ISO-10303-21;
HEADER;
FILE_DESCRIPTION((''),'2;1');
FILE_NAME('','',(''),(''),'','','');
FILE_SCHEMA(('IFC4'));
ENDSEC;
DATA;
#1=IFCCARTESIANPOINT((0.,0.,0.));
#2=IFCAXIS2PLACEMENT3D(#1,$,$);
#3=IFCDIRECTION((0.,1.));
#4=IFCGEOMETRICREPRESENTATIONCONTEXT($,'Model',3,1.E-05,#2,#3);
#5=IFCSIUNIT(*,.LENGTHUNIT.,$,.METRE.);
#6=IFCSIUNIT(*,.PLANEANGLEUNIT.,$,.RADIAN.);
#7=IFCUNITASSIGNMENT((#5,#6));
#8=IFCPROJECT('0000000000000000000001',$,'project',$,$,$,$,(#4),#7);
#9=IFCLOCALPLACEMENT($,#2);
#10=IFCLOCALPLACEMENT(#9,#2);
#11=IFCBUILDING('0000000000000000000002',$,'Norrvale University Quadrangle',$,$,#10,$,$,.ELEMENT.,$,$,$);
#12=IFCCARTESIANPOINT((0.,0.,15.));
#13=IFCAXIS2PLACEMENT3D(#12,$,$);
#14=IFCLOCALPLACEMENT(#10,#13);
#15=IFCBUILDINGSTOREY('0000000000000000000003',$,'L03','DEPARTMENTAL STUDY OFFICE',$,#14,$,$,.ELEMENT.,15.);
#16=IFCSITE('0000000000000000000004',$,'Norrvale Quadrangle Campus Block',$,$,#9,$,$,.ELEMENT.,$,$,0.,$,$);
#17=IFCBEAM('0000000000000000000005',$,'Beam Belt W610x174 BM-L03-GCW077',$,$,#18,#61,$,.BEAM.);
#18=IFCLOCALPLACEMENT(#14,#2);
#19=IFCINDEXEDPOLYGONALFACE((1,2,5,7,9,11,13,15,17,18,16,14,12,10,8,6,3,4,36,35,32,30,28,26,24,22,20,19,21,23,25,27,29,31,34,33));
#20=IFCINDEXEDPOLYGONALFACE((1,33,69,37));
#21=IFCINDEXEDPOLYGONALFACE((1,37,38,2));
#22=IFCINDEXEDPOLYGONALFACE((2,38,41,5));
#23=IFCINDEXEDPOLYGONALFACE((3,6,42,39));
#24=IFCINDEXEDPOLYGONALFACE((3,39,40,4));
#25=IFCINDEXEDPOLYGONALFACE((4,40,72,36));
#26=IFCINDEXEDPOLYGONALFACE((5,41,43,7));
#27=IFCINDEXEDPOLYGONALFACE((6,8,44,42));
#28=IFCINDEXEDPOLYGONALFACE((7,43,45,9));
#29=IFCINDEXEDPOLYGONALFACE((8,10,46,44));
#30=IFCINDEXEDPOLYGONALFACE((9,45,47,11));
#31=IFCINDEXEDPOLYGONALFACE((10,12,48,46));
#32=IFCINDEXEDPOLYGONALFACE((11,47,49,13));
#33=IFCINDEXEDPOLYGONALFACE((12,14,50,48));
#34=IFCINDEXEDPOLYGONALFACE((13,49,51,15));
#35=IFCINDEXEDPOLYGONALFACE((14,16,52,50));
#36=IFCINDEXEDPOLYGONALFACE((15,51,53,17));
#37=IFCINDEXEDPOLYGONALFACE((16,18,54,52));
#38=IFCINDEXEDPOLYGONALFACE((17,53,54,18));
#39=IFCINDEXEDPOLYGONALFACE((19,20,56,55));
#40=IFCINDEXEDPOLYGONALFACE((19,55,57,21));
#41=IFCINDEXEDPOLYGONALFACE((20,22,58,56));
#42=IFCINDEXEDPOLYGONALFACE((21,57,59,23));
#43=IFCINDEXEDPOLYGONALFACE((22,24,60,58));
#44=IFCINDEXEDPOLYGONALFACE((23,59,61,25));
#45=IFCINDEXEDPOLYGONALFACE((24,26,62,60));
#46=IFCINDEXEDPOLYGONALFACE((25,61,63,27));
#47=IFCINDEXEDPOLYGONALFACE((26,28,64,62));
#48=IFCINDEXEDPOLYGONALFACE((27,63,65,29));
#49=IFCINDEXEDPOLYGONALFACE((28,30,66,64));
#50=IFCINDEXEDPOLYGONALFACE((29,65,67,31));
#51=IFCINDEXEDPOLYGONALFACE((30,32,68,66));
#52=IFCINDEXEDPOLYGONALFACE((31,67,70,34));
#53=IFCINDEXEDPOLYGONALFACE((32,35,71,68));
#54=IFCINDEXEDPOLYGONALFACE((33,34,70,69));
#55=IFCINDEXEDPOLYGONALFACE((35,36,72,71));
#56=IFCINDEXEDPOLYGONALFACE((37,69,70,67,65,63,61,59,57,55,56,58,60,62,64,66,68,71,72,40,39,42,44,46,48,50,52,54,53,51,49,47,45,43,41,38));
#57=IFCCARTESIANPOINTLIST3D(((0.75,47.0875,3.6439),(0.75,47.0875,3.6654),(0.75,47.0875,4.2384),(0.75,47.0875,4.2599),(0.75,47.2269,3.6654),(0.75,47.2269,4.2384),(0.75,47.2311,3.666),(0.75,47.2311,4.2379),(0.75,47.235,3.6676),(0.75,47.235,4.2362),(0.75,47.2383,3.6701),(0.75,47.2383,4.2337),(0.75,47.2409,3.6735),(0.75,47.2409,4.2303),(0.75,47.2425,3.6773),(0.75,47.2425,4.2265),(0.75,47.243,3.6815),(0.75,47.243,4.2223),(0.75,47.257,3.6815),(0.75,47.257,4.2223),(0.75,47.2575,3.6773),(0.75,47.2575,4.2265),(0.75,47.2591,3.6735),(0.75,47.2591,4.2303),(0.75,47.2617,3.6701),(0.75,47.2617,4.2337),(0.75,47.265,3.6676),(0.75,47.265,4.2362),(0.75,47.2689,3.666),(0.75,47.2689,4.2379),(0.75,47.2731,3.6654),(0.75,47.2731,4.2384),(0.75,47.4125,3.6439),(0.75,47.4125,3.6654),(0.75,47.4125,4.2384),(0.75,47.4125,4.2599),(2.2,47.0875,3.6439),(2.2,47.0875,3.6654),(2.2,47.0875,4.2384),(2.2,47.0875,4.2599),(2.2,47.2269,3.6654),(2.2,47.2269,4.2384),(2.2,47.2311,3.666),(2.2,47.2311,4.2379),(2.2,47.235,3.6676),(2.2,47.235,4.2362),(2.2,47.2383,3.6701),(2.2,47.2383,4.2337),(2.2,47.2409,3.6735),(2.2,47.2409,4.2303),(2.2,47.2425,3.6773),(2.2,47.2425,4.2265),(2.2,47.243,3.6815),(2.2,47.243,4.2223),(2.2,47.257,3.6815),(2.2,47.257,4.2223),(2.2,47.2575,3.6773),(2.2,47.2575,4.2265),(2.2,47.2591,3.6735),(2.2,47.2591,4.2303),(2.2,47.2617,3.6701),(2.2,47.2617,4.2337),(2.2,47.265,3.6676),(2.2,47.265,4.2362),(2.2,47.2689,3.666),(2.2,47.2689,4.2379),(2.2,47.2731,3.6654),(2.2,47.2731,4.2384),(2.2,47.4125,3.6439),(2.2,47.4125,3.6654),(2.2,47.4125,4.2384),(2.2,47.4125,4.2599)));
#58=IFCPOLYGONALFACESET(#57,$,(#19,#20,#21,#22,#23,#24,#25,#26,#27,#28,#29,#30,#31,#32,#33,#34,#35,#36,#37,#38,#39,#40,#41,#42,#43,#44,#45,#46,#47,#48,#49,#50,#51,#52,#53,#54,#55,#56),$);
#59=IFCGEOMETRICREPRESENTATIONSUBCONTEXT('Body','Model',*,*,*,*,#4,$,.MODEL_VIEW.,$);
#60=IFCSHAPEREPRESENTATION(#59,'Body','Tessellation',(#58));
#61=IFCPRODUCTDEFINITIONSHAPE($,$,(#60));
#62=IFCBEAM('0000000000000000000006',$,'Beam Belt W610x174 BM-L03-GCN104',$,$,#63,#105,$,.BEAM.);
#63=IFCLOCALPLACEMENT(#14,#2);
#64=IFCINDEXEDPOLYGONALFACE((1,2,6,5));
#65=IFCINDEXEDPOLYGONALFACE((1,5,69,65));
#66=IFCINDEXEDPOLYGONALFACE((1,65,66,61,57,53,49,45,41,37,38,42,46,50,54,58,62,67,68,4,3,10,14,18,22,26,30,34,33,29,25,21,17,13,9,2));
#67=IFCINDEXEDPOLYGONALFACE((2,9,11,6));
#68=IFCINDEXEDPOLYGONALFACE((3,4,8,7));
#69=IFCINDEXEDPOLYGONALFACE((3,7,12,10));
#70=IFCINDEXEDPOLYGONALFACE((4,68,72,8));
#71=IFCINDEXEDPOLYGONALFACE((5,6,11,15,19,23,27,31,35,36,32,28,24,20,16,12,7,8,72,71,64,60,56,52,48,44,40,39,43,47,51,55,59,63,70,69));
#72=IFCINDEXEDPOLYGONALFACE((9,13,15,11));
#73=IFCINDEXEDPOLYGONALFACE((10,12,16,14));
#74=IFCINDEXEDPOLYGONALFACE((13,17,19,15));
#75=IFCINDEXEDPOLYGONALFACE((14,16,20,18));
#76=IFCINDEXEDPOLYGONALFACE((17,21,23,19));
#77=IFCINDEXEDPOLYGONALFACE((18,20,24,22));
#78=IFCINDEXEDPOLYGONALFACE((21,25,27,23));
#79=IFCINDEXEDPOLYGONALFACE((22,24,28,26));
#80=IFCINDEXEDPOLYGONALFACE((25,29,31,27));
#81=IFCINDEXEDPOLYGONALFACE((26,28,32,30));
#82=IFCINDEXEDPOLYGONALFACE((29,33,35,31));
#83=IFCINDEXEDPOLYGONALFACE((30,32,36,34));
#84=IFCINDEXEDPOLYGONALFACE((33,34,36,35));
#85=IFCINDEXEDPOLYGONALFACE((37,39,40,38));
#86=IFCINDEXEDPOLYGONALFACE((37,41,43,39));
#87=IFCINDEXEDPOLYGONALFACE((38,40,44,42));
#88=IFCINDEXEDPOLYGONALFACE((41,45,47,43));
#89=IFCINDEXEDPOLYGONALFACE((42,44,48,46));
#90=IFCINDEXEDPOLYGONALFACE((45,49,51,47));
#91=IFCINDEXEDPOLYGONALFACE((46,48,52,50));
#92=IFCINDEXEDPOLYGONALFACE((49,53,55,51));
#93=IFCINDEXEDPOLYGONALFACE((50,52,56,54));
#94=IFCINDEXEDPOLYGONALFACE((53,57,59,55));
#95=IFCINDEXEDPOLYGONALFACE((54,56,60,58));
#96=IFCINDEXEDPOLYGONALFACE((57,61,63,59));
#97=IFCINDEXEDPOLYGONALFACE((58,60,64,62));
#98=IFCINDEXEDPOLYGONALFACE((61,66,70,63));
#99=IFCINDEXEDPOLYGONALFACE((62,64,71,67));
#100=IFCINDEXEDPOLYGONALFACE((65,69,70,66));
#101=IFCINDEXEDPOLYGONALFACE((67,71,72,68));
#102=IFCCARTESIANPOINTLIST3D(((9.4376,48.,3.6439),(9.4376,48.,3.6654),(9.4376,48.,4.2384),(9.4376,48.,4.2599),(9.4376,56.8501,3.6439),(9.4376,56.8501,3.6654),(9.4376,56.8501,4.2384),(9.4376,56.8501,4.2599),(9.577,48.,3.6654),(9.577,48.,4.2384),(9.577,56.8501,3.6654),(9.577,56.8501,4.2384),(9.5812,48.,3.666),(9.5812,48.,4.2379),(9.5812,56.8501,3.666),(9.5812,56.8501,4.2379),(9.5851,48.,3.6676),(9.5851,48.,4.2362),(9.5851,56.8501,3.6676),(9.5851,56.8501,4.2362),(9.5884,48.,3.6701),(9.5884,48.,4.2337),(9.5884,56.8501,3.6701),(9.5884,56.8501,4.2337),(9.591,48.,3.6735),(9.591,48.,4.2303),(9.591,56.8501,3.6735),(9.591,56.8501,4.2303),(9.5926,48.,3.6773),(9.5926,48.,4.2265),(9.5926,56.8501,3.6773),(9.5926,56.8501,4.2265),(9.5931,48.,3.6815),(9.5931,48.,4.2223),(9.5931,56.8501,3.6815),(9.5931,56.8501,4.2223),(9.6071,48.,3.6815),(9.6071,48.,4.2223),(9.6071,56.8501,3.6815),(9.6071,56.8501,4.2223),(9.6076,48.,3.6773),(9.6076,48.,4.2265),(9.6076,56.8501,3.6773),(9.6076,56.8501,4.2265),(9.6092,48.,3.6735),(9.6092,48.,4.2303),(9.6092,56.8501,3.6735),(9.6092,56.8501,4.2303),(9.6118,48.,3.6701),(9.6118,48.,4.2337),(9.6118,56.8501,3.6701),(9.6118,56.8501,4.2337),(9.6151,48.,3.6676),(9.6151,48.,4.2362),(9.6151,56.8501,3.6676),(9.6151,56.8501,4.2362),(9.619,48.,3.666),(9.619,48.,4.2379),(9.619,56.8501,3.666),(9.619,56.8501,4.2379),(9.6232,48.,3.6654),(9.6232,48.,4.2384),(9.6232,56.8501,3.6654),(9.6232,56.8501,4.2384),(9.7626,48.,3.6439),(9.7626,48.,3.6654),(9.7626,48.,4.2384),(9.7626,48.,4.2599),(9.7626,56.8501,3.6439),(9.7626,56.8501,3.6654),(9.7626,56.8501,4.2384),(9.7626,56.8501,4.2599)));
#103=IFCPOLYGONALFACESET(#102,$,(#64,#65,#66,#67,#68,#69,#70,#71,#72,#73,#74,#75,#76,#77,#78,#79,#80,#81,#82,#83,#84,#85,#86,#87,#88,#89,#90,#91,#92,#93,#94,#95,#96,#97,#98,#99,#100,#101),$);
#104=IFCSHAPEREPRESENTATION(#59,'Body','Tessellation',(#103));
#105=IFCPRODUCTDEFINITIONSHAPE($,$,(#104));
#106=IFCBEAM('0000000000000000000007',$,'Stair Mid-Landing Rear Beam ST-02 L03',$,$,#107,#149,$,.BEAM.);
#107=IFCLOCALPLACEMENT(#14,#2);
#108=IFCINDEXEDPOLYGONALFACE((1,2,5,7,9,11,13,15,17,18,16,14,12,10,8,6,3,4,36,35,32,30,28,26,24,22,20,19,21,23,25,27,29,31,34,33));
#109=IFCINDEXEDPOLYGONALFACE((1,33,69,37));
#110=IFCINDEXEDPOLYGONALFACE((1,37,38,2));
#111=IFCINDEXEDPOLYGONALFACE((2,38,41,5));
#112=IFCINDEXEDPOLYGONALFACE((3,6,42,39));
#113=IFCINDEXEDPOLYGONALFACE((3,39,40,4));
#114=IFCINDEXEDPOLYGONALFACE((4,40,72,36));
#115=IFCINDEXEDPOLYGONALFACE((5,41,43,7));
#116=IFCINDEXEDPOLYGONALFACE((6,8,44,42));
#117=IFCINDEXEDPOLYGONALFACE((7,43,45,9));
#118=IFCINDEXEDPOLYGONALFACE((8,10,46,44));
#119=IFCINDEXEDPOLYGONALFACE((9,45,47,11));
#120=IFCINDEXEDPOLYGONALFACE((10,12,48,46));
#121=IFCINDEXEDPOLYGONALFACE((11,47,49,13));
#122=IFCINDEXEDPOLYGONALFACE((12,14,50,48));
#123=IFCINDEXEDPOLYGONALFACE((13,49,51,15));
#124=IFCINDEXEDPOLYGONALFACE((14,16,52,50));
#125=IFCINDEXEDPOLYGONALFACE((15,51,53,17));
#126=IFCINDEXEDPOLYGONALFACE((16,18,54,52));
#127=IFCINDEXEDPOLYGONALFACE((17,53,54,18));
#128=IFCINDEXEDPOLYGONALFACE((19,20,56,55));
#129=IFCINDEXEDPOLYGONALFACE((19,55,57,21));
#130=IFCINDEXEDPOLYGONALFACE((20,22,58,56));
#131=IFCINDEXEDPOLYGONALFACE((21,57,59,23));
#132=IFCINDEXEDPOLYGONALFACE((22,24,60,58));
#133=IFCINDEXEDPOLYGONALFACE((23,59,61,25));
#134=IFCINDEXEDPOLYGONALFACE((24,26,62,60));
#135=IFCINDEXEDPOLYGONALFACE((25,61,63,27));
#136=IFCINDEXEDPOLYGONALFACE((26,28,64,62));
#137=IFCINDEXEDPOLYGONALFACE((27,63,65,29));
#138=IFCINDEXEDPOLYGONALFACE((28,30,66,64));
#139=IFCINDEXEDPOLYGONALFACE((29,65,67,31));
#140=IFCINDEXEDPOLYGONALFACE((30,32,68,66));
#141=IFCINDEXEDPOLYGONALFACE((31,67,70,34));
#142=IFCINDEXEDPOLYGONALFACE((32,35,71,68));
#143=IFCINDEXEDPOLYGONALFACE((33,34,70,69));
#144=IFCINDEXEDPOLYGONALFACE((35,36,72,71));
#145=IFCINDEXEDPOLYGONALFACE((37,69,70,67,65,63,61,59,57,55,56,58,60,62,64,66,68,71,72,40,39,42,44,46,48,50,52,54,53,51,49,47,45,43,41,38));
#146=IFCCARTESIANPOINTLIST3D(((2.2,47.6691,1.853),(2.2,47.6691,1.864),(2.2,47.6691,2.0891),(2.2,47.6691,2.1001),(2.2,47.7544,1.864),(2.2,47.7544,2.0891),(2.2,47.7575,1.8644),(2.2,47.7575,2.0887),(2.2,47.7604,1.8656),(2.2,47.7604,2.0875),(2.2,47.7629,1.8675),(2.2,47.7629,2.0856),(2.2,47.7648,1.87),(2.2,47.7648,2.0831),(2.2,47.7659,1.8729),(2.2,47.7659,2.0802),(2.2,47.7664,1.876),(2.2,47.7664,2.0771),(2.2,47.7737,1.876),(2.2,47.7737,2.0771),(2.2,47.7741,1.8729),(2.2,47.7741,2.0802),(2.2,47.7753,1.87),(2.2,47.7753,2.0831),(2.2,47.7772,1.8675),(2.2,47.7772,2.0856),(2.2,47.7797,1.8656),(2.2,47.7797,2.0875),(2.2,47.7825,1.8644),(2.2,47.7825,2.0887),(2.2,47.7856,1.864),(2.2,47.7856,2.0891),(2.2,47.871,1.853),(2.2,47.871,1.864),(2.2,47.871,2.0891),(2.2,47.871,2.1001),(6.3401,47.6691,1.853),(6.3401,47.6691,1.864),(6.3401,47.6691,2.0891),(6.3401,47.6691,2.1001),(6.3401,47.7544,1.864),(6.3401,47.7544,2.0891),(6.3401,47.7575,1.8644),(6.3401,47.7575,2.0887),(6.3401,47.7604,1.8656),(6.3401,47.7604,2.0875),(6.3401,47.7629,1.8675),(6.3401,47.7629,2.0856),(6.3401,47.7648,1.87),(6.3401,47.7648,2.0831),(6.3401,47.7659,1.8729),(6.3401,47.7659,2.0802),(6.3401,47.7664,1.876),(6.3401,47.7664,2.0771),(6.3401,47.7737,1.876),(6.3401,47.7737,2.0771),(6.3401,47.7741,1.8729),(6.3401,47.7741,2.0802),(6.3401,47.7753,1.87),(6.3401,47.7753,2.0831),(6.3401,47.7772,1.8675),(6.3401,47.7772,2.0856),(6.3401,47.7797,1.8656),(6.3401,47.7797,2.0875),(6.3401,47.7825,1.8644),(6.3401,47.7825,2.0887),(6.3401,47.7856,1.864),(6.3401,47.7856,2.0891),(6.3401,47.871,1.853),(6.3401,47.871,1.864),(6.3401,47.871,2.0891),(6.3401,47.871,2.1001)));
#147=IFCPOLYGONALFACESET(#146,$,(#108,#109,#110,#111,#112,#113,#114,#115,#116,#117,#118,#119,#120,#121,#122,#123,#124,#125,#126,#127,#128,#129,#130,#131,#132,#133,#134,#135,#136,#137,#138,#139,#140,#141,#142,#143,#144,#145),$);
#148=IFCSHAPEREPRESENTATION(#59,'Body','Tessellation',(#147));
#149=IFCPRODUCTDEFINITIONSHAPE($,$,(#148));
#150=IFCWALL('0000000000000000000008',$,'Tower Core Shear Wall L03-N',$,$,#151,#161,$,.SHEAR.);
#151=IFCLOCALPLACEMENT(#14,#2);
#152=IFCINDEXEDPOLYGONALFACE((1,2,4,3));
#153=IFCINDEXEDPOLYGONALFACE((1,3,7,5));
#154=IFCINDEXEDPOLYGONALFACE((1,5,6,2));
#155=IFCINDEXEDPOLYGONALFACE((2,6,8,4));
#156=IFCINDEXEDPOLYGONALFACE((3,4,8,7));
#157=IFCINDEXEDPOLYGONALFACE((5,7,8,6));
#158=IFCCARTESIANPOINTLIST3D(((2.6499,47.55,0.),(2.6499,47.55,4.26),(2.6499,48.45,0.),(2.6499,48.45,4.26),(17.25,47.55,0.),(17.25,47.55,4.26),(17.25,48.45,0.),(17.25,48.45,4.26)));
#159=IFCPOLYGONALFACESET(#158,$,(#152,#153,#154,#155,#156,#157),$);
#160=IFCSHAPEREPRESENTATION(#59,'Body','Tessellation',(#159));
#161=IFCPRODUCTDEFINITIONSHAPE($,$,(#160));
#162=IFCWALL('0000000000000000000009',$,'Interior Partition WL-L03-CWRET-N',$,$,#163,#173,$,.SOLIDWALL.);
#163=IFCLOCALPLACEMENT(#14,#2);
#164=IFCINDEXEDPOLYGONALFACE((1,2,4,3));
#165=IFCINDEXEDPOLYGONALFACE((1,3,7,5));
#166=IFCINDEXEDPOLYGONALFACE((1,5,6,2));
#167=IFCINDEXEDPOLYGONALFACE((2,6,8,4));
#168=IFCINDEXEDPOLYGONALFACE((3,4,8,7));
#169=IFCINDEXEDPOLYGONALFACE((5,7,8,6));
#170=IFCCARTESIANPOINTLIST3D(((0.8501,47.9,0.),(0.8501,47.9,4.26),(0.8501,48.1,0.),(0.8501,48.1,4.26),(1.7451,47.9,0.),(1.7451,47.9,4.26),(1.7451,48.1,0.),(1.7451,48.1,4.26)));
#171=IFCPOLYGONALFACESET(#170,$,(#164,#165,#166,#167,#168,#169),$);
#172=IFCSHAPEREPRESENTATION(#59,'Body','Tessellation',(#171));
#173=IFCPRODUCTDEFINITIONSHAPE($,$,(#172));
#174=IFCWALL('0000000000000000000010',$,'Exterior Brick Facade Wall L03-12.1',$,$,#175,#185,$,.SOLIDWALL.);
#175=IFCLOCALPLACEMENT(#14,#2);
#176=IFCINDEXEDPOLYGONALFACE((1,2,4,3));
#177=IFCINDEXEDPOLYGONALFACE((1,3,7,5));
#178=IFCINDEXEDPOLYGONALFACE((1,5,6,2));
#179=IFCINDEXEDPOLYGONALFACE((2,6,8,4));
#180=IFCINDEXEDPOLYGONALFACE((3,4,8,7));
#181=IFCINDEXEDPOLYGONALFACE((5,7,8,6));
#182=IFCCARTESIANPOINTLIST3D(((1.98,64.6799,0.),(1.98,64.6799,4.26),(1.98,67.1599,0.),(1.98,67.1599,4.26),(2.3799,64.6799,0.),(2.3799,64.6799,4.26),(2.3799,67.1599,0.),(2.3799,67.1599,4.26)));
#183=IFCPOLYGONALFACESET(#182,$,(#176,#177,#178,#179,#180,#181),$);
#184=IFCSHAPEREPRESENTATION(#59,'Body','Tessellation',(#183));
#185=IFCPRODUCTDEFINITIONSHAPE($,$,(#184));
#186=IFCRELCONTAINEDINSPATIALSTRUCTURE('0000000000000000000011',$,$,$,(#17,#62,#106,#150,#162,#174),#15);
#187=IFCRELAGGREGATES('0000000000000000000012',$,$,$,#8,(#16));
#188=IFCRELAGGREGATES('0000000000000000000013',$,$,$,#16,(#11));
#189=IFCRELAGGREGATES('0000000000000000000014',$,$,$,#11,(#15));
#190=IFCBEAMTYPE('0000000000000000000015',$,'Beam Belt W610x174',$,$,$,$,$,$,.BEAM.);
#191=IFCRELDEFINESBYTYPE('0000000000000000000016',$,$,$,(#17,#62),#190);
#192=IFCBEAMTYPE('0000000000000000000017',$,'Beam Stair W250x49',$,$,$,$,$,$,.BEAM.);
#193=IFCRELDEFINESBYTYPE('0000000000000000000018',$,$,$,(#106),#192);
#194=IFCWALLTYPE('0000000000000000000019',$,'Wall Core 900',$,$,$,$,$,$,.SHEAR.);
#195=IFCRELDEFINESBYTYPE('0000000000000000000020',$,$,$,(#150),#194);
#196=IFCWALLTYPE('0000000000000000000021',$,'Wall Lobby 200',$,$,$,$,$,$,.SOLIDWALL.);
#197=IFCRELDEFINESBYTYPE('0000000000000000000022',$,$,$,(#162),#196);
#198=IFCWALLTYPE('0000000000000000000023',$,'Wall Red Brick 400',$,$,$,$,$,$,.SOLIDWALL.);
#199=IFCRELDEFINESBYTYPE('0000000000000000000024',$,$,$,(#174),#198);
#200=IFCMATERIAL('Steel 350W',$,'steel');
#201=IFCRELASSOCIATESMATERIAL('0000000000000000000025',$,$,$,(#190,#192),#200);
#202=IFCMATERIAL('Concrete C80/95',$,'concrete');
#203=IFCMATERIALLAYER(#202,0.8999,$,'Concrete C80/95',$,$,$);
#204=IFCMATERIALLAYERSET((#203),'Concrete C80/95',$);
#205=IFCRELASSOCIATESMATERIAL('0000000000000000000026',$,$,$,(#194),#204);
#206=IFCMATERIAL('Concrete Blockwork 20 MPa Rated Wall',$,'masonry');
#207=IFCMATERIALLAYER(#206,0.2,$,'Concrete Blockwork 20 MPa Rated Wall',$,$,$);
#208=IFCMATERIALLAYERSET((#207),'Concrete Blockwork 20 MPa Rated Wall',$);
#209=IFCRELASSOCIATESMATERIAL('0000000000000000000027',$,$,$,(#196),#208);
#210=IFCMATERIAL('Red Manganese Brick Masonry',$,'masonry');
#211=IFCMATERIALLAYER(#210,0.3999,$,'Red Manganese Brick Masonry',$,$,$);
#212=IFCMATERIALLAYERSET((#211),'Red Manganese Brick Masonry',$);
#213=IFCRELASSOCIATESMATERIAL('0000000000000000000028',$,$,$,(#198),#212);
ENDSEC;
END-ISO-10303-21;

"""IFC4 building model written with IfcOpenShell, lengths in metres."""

from ifc_helpers import new_model, si_unit, direction, frame, frame_2d, origin, origin_2d, place, context, subcontext, project, spatial, rectangle, i_section, extrude, material, layer, layer_set, material_profile, profile_set, type_object, element, save


model = new_model("IFC4")

# Units and contexts
model_context = context("Model", 3, precision=1e-05, world=origin(), true_north=direction((0.0, 1.0)))
body_context = subcontext(model_context, "Body", "Model", "MODEL_VIEW")
ifc_project = project(units=[si_unit("LENGTHUNIT", "METRE"), si_unit("PLANEANGLEUNIT", "RADIAN")], contexts=[model_context])

# Site, building, storey
site_placement = place(None, origin())
site = spatial("IfcSite", under=ifc_project, at=site_placement, Name="Norrvale Quadrangle Campus Block", CompositionType="ELEMENT", RefElevation=0.0)
building_placement = place(site_placement, origin())
building = spatial("IfcBuilding", under=site, at=building_placement, Name="Norrvale University Quadrangle", CompositionType="ELEMENT")
storey_placement = place(building_placement, frame((0.0, 0.0, 15.0)))
storey = spatial("IfcBuildingStorey", under=building, at=storey_placement, Name="L03", Description="DEPARTMENTAL STUDY OFFICE", CompositionType="ELEMENT", Elevation=15.0)

# Shared definitions
ifc_material_1 = material(Name="Concrete C80/95", Category="concrete")

# Beams
ifc_material_2 = material(Name="Steel 350W", Category="steel")
ifc_material_profile_1 = material_profile(ifc_material_2, i_section(OverallWidth=0.325, OverallDepth=0.616, WebThickness=0.0139, FlangeThickness=0.0215, FilletRadius=0.0161, at=origin_2d()), Name="Steel 350W")
ifc_profile_set_1 = profile_set([ifc_material_profile_1], Name="Steel 350W")
beam_type_1 = type_object("IfcBeamType", Name="Beam Belt W610x174", PredefinedType="BEAM", material=ifc_profile_set_1)
beam_1_placement = place(storey_placement, frame((0.75, 47.25, 3.9519), z_axis=(1.0, 0.0, 0.0), x_axis=(0.0, 1.0, 0.0)))
element("IfcBeam", 1, at=beam_1_placement, inside=storey, type_object=beam_type_1, Name="Beam Belt W610x174 BM-L03-GCW077", PredefinedType="BEAM", context=body_context, shape_type="SweptSolid", body=[
    extrude(i_section(OverallWidth=0.325, OverallDepth=0.616, WebThickness=0.0139, FlangeThickness=0.0215, FilletRadius=0.0161, at=origin_2d()), origin(), (0.0, 0.0, 1.0), 1.45),
])
beam_2_placement = place(storey_placement, frame((9.6001, 48.0, 3.9519), z_axis=(0.0, 1.0, 0.0), x_axis=(-1.0, 0.0, 0.0)))
element("IfcBeam", 2, at=beam_2_placement, inside=storey, type_object=beam_type_1, Name="Beam Belt W610x174 BM-L03-GCN104", PredefinedType="BEAM", context=body_context, shape_type="SweptSolid", body=[
    extrude(i_section(OverallWidth=0.325, OverallDepth=0.616, WebThickness=0.0139, FlangeThickness=0.0215, FilletRadius=0.0161, at=origin_2d()), origin(), (0.0, 0.0, 1.0), 8.8501),
])
ifc_material_profile_2 = material_profile(ifc_material_2, i_section(OverallWidth=0.2019, OverallDepth=0.2471, WebThickness=0.0073, FlangeThickness=0.011, FilletRadius=0.012, at=origin_2d()), Name="Steel 350W")
ifc_profile_set_2 = profile_set([ifc_material_profile_2], Name="Steel 350W")
beam_type_2 = type_object("IfcBeamType", Name="Beam Stair W250x49", PredefinedType="BEAM", material=ifc_profile_set_2)
beam_3_placement = place(storey_placement, frame((2.2, 47.77, 1.9766), z_axis=(1.0, 0.0, 0.0), x_axis=(0.0, 1.0, 0.0)))
element("IfcBeam", 3, at=beam_3_placement, inside=storey, type_object=beam_type_2, Name="Stair Mid-Landing Rear Beam ST-02 L03", PredefinedType="BEAM", context=body_context, shape_type="SweptSolid", body=[
    extrude(i_section(OverallWidth=0.2019, OverallDepth=0.2471, WebThickness=0.0073, FlangeThickness=0.011, FilletRadius=0.012, at=origin_2d()), origin(), (0.0, 0.0, 1.0), 4.1401),
])

# Walls
ifc_layer_1 = layer(ifc_material_1, 0.8999, Name="Concrete C80/95")
ifc_layer_set_1 = layer_set([ifc_layer_1], Name="Concrete C80/95")
wall_type_1 = type_object("IfcWallType", Name="Wall Core 900", PredefinedType="SHEAR", material=ifc_layer_set_1)
wall_1_placement = place(storey_placement, frame((2.6499, 48.0, 0.0), z_axis=(0.0, 0.0, 1.0), x_axis=(1.0, 0.0, 0.0)))
element("IfcWall", 4, at=wall_1_placement, inside=storey, type_object=wall_type_1, Name="Tower Core Shear Wall L03-N", PredefinedType="SHEAR", context=body_context, shape_type="SweptSolid", body=[
    extrude(rectangle(XDim=14.6001, YDim=0.8999, at=frame_2d((7.3, 0.0))), origin(), (0.0, 0.0, 1.0), 4.26),
])
ifc_material_3 = material(Name="Concrete Blockwork 20 MPa Rated Wall", Category="masonry")
ifc_layer_2 = layer(ifc_material_3, 0.2, Name="Concrete Blockwork 20 MPa Rated Wall")
ifc_layer_set_2 = layer_set([ifc_layer_2], Name="Concrete Blockwork 20 MPa Rated Wall")
wall_type_2 = type_object("IfcWallType", Name="Wall Lobby 200", PredefinedType="SOLIDWALL", material=ifc_layer_set_2)
wall_2_placement = place(storey_placement, frame((0.8501, 48.0, 0.0), z_axis=(0.0, 0.0, 1.0), x_axis=(1.0, 0.0, 0.0)))
element("IfcWall", 5, at=wall_2_placement, inside=storey, type_object=wall_type_2, Name="Interior Partition WL-L03-CWRET-N", PredefinedType="SOLIDWALL", context=body_context, shape_type="SweptSolid", body=[
    extrude(rectangle(XDim=0.895, YDim=0.2, at=frame_2d((0.4475, 0.0))), origin(), (0.0, 0.0, 1.0), 4.26),
])
ifc_material_4 = material(Name="Red Manganese Brick Masonry", Category="masonry")
ifc_layer_3 = layer(ifc_material_4, 0.3999, Name="Red Manganese Brick Masonry")
ifc_layer_set_3 = layer_set([ifc_layer_3], Name="Red Manganese Brick Masonry")
wall_type_3 = type_object("IfcWallType", Name="Wall Red Brick 400", PredefinedType="SOLIDWALL", material=ifc_layer_set_3)
for number, where, z_axis, x_axis, name in (
    (6, (2.1799, 67.1599, 0.0), (0.0, 0.0, 1.0), (0.0, -1.0, 0.0), "Exterior Brick Facade Wall L03-12.1"),
):
    element("IfcWall", number, at=place(storey_placement, frame(where, z_axis=z_axis, x_axis=x_axis)), inside=storey, type_object=wall_type_3, Name=name, PredefinedType="SOLIDWALL", context=body_context, shape_type="SweptSolid", body=[
        extrude(rectangle(XDim=2.48, YDim=0.3999, at=frame_2d((1.24, 0.0))), origin(), (0.0, 0.0, 1.0), 4.26),
    ])

save(model, "model.ifc")
